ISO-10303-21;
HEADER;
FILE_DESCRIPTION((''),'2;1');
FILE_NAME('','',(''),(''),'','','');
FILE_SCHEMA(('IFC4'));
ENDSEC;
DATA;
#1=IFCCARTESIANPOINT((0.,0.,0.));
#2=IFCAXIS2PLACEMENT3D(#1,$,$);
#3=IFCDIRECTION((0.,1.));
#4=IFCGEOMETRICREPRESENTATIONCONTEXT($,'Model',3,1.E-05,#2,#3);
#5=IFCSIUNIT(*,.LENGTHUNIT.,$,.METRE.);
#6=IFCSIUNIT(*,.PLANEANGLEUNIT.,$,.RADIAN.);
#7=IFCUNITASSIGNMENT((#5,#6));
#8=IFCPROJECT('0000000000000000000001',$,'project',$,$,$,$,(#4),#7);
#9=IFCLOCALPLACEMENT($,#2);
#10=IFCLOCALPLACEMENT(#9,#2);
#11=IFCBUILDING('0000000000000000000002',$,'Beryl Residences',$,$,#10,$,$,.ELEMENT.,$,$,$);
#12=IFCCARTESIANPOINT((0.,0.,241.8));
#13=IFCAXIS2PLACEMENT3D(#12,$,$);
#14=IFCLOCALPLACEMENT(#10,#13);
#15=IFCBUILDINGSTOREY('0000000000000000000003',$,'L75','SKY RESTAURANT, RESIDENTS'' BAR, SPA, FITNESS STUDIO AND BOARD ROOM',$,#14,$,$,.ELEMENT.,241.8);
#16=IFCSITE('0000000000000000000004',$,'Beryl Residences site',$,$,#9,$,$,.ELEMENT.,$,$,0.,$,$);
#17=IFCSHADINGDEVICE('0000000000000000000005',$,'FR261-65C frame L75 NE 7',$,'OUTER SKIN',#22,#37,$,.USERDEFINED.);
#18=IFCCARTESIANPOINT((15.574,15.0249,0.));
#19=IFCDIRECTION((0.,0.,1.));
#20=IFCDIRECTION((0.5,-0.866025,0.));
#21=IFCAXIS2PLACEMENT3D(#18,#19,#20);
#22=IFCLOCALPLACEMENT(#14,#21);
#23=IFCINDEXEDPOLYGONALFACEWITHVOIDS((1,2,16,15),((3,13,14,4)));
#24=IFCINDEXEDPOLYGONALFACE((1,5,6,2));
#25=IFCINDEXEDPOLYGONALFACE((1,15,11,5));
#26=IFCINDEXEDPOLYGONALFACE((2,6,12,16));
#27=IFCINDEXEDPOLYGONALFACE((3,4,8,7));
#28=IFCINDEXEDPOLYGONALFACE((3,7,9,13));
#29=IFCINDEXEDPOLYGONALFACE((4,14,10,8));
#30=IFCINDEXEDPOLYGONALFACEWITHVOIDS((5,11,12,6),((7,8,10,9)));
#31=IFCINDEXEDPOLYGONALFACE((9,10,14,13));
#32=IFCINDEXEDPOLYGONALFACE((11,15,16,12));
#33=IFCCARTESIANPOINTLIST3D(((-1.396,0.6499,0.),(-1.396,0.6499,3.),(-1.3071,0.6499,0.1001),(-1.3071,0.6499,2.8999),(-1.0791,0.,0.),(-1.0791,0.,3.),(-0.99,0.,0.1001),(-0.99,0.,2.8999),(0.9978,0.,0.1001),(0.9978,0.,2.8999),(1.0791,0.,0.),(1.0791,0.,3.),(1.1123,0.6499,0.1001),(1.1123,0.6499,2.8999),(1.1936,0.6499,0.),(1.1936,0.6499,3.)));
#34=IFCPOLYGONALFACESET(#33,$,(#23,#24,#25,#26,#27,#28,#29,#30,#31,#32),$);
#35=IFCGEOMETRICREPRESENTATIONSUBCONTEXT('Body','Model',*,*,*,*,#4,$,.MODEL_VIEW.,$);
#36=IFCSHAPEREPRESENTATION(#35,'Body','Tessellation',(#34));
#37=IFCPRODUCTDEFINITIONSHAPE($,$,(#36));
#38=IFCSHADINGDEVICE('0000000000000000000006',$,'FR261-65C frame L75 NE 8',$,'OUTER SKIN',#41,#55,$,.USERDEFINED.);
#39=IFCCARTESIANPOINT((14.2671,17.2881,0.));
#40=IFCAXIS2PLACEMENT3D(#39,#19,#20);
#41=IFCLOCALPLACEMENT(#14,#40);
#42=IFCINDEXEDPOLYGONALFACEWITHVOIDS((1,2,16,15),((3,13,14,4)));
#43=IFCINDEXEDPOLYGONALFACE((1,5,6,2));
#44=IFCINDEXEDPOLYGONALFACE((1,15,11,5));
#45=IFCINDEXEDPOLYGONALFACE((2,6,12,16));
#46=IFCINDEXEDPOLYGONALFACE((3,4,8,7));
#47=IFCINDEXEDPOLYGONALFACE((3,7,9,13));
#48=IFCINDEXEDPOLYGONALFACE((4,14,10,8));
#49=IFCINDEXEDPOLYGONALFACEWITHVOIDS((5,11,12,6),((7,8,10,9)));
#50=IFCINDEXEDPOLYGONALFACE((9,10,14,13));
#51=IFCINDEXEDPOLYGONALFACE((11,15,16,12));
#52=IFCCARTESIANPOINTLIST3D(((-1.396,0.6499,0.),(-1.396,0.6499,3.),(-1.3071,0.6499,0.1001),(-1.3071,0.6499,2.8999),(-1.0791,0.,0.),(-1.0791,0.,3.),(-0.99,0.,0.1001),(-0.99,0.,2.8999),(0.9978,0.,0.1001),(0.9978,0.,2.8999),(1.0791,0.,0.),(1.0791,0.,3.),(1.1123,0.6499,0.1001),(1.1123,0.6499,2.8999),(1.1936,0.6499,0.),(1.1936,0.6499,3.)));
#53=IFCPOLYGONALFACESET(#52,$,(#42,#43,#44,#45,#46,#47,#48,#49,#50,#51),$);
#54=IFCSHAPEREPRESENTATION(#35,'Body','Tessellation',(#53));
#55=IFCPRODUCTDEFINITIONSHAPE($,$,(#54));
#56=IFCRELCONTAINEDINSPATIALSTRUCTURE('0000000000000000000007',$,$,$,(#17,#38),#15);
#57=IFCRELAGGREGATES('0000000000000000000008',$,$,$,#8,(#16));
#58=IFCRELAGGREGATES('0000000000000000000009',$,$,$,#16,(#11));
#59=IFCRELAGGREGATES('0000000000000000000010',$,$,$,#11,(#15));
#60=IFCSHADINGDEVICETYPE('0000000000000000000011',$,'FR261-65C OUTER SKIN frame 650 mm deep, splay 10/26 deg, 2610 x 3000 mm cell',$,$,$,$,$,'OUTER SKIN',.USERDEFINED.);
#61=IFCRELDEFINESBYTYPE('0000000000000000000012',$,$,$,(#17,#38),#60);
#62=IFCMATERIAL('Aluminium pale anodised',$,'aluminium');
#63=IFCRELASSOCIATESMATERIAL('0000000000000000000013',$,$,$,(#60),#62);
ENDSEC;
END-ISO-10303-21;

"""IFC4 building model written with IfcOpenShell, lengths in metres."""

from ifc_helpers import new_model, entity, si_unit, direction, frame, origin, place, context, subcontext, project, spatial, source, transform, mapped, material, type_object, type_shapes, element, save


model = new_model("IFC4")

# Units and contexts
model_context = context("Model", 3, precision=1e-05, world=origin(), true_north=direction((0.0, 1.0)))
body_context = subcontext(model_context, "Body", "Model", "MODEL_VIEW")
ifc_project = project(units=[si_unit("LENGTHUNIT", "METRE"), si_unit("PLANEANGLEUNIT", "RADIAN")], contexts=[model_context])

# Site, building, storey
site_placement = place(None, origin())
site = spatial("IfcSite", under=ifc_project, at=site_placement, Name="Beryl Residences site", CompositionType="ELEMENT", RefElevation=0.0)
building_placement = place(site_placement, origin())
building = spatial("IfcBuilding", under=site, at=building_placement, Name="Beryl Residences", CompositionType="ELEMENT")
storey_placement = place(building_placement, frame((0.0, 0.0, 241.8)))
storey = spatial("IfcBuildingStorey", under=building, at=storey_placement, Name="L75", Description="SKY RESTAURANT, RESIDENTS' BAR, SPA, FITNESS STUDIO AND BOARD ROOM", CompositionType="ELEMENT", Elevation=241.8)

# Shading devices
ifc_material_1 = material(Name="Aluminium pale anodised", Category="aluminium")
shading_device_type_1 = type_object("IfcShadingDeviceType", Name="FR261-65C OUTER SKIN frame 650 mm deep, splay 10/26 deg, 2610 x 3000 mm cell", ElementType="OUTER SKIN", PredefinedType="USERDEFINED", material=ifc_material_1)
cartesian_point_1 = entity("IfcCartesianPoint", [-1.0791, 0.0])
cartesian_point_2 = entity("IfcCartesianPoint", [-0.9978, 0.1001])
cartesian_point_3 = entity("IfcCartesianPoint", [-1.1936, 0.0])
cartesian_point_4 = entity("IfcCartesianPoint", [-1.1123, 0.1001])
shared_shape_1 = source(origin(), body_context, "Body", "SweptSolid", [
    entity("IfcExtrudedAreaSolidTapered", entity("IfcArbitraryProfileDefWithVoids", "AREA", None, entity("IfcPolyline", [cartesian_point_1, entity("IfcCartesianPoint", [1.0791, 0.0]), entity("IfcCartesianPoint", [1.0791, 3.0]), entity("IfcCartesianPoint", [-1.0791, 3.0]), cartesian_point_1]), [entity("IfcPolyline", [cartesian_point_2, entity("IfcCartesianPoint", [0.99, 0.1001]), entity("IfcCartesianPoint", [0.99, 2.8999]), entity("IfcCartesianPoint", [-0.9978, 2.8999]), cartesian_point_2])]), entity("IfcAxis2Placement3D", entity("IfcCartesianPoint", [0.0, 0.0, 0.0]), entity("IfcDirection", [0.0, 1.0, 0.0]), entity("IfcDirection", [-1.0, 0.0, 0.0])), entity("IfcDirection", [0.0, 0.0, 1.0]), 0.6499, entity("IfcArbitraryProfileDefWithVoids", "AREA", None, entity("IfcPolyline", [cartesian_point_3, entity("IfcCartesianPoint", [1.396, 0.0]), entity("IfcCartesianPoint", [1.396, 3.0]), entity("IfcCartesianPoint", [-1.1936, 3.0]), cartesian_point_3]), [entity("IfcPolyline", [cartesian_point_4, entity("IfcCartesianPoint", [1.3071, 0.1001]), entity("IfcCartesianPoint", [1.3071, 2.8999]), entity("IfcCartesianPoint", [-1.1123, 2.8999]), cartesian_point_4])])),
])
type_shapes(shading_device_type_1, [shared_shape_1])
for number, where, z_axis, x_axis, name in (
    (1, (15.574, 15.0249, 0.0), (0.0, 0.0, 1.0), (0.5, -0.866025, 0.0), "FR261-65C frame L75 NE 7"),
    (2, (14.2671, 17.2881, 0.0), (0.0, 0.0, 1.0), (0.5, -0.866025, 0.0), "FR261-65C frame L75 NE 8"),
):
    element("IfcShadingDevice", number, at=place(storey_placement, frame(where, z_axis=z_axis, x_axis=x_axis)), inside=storey, type_object=shading_device_type_1, Name=name, ObjectType="OUTER SKIN", PredefinedType="USERDEFINED", context=body_context, shape_type="MappedRepresentation", body=[
        mapped(shared_shape_1, transform((0.0, 0.0, 0.0))),
    ])

save(model, "model.ifc")
